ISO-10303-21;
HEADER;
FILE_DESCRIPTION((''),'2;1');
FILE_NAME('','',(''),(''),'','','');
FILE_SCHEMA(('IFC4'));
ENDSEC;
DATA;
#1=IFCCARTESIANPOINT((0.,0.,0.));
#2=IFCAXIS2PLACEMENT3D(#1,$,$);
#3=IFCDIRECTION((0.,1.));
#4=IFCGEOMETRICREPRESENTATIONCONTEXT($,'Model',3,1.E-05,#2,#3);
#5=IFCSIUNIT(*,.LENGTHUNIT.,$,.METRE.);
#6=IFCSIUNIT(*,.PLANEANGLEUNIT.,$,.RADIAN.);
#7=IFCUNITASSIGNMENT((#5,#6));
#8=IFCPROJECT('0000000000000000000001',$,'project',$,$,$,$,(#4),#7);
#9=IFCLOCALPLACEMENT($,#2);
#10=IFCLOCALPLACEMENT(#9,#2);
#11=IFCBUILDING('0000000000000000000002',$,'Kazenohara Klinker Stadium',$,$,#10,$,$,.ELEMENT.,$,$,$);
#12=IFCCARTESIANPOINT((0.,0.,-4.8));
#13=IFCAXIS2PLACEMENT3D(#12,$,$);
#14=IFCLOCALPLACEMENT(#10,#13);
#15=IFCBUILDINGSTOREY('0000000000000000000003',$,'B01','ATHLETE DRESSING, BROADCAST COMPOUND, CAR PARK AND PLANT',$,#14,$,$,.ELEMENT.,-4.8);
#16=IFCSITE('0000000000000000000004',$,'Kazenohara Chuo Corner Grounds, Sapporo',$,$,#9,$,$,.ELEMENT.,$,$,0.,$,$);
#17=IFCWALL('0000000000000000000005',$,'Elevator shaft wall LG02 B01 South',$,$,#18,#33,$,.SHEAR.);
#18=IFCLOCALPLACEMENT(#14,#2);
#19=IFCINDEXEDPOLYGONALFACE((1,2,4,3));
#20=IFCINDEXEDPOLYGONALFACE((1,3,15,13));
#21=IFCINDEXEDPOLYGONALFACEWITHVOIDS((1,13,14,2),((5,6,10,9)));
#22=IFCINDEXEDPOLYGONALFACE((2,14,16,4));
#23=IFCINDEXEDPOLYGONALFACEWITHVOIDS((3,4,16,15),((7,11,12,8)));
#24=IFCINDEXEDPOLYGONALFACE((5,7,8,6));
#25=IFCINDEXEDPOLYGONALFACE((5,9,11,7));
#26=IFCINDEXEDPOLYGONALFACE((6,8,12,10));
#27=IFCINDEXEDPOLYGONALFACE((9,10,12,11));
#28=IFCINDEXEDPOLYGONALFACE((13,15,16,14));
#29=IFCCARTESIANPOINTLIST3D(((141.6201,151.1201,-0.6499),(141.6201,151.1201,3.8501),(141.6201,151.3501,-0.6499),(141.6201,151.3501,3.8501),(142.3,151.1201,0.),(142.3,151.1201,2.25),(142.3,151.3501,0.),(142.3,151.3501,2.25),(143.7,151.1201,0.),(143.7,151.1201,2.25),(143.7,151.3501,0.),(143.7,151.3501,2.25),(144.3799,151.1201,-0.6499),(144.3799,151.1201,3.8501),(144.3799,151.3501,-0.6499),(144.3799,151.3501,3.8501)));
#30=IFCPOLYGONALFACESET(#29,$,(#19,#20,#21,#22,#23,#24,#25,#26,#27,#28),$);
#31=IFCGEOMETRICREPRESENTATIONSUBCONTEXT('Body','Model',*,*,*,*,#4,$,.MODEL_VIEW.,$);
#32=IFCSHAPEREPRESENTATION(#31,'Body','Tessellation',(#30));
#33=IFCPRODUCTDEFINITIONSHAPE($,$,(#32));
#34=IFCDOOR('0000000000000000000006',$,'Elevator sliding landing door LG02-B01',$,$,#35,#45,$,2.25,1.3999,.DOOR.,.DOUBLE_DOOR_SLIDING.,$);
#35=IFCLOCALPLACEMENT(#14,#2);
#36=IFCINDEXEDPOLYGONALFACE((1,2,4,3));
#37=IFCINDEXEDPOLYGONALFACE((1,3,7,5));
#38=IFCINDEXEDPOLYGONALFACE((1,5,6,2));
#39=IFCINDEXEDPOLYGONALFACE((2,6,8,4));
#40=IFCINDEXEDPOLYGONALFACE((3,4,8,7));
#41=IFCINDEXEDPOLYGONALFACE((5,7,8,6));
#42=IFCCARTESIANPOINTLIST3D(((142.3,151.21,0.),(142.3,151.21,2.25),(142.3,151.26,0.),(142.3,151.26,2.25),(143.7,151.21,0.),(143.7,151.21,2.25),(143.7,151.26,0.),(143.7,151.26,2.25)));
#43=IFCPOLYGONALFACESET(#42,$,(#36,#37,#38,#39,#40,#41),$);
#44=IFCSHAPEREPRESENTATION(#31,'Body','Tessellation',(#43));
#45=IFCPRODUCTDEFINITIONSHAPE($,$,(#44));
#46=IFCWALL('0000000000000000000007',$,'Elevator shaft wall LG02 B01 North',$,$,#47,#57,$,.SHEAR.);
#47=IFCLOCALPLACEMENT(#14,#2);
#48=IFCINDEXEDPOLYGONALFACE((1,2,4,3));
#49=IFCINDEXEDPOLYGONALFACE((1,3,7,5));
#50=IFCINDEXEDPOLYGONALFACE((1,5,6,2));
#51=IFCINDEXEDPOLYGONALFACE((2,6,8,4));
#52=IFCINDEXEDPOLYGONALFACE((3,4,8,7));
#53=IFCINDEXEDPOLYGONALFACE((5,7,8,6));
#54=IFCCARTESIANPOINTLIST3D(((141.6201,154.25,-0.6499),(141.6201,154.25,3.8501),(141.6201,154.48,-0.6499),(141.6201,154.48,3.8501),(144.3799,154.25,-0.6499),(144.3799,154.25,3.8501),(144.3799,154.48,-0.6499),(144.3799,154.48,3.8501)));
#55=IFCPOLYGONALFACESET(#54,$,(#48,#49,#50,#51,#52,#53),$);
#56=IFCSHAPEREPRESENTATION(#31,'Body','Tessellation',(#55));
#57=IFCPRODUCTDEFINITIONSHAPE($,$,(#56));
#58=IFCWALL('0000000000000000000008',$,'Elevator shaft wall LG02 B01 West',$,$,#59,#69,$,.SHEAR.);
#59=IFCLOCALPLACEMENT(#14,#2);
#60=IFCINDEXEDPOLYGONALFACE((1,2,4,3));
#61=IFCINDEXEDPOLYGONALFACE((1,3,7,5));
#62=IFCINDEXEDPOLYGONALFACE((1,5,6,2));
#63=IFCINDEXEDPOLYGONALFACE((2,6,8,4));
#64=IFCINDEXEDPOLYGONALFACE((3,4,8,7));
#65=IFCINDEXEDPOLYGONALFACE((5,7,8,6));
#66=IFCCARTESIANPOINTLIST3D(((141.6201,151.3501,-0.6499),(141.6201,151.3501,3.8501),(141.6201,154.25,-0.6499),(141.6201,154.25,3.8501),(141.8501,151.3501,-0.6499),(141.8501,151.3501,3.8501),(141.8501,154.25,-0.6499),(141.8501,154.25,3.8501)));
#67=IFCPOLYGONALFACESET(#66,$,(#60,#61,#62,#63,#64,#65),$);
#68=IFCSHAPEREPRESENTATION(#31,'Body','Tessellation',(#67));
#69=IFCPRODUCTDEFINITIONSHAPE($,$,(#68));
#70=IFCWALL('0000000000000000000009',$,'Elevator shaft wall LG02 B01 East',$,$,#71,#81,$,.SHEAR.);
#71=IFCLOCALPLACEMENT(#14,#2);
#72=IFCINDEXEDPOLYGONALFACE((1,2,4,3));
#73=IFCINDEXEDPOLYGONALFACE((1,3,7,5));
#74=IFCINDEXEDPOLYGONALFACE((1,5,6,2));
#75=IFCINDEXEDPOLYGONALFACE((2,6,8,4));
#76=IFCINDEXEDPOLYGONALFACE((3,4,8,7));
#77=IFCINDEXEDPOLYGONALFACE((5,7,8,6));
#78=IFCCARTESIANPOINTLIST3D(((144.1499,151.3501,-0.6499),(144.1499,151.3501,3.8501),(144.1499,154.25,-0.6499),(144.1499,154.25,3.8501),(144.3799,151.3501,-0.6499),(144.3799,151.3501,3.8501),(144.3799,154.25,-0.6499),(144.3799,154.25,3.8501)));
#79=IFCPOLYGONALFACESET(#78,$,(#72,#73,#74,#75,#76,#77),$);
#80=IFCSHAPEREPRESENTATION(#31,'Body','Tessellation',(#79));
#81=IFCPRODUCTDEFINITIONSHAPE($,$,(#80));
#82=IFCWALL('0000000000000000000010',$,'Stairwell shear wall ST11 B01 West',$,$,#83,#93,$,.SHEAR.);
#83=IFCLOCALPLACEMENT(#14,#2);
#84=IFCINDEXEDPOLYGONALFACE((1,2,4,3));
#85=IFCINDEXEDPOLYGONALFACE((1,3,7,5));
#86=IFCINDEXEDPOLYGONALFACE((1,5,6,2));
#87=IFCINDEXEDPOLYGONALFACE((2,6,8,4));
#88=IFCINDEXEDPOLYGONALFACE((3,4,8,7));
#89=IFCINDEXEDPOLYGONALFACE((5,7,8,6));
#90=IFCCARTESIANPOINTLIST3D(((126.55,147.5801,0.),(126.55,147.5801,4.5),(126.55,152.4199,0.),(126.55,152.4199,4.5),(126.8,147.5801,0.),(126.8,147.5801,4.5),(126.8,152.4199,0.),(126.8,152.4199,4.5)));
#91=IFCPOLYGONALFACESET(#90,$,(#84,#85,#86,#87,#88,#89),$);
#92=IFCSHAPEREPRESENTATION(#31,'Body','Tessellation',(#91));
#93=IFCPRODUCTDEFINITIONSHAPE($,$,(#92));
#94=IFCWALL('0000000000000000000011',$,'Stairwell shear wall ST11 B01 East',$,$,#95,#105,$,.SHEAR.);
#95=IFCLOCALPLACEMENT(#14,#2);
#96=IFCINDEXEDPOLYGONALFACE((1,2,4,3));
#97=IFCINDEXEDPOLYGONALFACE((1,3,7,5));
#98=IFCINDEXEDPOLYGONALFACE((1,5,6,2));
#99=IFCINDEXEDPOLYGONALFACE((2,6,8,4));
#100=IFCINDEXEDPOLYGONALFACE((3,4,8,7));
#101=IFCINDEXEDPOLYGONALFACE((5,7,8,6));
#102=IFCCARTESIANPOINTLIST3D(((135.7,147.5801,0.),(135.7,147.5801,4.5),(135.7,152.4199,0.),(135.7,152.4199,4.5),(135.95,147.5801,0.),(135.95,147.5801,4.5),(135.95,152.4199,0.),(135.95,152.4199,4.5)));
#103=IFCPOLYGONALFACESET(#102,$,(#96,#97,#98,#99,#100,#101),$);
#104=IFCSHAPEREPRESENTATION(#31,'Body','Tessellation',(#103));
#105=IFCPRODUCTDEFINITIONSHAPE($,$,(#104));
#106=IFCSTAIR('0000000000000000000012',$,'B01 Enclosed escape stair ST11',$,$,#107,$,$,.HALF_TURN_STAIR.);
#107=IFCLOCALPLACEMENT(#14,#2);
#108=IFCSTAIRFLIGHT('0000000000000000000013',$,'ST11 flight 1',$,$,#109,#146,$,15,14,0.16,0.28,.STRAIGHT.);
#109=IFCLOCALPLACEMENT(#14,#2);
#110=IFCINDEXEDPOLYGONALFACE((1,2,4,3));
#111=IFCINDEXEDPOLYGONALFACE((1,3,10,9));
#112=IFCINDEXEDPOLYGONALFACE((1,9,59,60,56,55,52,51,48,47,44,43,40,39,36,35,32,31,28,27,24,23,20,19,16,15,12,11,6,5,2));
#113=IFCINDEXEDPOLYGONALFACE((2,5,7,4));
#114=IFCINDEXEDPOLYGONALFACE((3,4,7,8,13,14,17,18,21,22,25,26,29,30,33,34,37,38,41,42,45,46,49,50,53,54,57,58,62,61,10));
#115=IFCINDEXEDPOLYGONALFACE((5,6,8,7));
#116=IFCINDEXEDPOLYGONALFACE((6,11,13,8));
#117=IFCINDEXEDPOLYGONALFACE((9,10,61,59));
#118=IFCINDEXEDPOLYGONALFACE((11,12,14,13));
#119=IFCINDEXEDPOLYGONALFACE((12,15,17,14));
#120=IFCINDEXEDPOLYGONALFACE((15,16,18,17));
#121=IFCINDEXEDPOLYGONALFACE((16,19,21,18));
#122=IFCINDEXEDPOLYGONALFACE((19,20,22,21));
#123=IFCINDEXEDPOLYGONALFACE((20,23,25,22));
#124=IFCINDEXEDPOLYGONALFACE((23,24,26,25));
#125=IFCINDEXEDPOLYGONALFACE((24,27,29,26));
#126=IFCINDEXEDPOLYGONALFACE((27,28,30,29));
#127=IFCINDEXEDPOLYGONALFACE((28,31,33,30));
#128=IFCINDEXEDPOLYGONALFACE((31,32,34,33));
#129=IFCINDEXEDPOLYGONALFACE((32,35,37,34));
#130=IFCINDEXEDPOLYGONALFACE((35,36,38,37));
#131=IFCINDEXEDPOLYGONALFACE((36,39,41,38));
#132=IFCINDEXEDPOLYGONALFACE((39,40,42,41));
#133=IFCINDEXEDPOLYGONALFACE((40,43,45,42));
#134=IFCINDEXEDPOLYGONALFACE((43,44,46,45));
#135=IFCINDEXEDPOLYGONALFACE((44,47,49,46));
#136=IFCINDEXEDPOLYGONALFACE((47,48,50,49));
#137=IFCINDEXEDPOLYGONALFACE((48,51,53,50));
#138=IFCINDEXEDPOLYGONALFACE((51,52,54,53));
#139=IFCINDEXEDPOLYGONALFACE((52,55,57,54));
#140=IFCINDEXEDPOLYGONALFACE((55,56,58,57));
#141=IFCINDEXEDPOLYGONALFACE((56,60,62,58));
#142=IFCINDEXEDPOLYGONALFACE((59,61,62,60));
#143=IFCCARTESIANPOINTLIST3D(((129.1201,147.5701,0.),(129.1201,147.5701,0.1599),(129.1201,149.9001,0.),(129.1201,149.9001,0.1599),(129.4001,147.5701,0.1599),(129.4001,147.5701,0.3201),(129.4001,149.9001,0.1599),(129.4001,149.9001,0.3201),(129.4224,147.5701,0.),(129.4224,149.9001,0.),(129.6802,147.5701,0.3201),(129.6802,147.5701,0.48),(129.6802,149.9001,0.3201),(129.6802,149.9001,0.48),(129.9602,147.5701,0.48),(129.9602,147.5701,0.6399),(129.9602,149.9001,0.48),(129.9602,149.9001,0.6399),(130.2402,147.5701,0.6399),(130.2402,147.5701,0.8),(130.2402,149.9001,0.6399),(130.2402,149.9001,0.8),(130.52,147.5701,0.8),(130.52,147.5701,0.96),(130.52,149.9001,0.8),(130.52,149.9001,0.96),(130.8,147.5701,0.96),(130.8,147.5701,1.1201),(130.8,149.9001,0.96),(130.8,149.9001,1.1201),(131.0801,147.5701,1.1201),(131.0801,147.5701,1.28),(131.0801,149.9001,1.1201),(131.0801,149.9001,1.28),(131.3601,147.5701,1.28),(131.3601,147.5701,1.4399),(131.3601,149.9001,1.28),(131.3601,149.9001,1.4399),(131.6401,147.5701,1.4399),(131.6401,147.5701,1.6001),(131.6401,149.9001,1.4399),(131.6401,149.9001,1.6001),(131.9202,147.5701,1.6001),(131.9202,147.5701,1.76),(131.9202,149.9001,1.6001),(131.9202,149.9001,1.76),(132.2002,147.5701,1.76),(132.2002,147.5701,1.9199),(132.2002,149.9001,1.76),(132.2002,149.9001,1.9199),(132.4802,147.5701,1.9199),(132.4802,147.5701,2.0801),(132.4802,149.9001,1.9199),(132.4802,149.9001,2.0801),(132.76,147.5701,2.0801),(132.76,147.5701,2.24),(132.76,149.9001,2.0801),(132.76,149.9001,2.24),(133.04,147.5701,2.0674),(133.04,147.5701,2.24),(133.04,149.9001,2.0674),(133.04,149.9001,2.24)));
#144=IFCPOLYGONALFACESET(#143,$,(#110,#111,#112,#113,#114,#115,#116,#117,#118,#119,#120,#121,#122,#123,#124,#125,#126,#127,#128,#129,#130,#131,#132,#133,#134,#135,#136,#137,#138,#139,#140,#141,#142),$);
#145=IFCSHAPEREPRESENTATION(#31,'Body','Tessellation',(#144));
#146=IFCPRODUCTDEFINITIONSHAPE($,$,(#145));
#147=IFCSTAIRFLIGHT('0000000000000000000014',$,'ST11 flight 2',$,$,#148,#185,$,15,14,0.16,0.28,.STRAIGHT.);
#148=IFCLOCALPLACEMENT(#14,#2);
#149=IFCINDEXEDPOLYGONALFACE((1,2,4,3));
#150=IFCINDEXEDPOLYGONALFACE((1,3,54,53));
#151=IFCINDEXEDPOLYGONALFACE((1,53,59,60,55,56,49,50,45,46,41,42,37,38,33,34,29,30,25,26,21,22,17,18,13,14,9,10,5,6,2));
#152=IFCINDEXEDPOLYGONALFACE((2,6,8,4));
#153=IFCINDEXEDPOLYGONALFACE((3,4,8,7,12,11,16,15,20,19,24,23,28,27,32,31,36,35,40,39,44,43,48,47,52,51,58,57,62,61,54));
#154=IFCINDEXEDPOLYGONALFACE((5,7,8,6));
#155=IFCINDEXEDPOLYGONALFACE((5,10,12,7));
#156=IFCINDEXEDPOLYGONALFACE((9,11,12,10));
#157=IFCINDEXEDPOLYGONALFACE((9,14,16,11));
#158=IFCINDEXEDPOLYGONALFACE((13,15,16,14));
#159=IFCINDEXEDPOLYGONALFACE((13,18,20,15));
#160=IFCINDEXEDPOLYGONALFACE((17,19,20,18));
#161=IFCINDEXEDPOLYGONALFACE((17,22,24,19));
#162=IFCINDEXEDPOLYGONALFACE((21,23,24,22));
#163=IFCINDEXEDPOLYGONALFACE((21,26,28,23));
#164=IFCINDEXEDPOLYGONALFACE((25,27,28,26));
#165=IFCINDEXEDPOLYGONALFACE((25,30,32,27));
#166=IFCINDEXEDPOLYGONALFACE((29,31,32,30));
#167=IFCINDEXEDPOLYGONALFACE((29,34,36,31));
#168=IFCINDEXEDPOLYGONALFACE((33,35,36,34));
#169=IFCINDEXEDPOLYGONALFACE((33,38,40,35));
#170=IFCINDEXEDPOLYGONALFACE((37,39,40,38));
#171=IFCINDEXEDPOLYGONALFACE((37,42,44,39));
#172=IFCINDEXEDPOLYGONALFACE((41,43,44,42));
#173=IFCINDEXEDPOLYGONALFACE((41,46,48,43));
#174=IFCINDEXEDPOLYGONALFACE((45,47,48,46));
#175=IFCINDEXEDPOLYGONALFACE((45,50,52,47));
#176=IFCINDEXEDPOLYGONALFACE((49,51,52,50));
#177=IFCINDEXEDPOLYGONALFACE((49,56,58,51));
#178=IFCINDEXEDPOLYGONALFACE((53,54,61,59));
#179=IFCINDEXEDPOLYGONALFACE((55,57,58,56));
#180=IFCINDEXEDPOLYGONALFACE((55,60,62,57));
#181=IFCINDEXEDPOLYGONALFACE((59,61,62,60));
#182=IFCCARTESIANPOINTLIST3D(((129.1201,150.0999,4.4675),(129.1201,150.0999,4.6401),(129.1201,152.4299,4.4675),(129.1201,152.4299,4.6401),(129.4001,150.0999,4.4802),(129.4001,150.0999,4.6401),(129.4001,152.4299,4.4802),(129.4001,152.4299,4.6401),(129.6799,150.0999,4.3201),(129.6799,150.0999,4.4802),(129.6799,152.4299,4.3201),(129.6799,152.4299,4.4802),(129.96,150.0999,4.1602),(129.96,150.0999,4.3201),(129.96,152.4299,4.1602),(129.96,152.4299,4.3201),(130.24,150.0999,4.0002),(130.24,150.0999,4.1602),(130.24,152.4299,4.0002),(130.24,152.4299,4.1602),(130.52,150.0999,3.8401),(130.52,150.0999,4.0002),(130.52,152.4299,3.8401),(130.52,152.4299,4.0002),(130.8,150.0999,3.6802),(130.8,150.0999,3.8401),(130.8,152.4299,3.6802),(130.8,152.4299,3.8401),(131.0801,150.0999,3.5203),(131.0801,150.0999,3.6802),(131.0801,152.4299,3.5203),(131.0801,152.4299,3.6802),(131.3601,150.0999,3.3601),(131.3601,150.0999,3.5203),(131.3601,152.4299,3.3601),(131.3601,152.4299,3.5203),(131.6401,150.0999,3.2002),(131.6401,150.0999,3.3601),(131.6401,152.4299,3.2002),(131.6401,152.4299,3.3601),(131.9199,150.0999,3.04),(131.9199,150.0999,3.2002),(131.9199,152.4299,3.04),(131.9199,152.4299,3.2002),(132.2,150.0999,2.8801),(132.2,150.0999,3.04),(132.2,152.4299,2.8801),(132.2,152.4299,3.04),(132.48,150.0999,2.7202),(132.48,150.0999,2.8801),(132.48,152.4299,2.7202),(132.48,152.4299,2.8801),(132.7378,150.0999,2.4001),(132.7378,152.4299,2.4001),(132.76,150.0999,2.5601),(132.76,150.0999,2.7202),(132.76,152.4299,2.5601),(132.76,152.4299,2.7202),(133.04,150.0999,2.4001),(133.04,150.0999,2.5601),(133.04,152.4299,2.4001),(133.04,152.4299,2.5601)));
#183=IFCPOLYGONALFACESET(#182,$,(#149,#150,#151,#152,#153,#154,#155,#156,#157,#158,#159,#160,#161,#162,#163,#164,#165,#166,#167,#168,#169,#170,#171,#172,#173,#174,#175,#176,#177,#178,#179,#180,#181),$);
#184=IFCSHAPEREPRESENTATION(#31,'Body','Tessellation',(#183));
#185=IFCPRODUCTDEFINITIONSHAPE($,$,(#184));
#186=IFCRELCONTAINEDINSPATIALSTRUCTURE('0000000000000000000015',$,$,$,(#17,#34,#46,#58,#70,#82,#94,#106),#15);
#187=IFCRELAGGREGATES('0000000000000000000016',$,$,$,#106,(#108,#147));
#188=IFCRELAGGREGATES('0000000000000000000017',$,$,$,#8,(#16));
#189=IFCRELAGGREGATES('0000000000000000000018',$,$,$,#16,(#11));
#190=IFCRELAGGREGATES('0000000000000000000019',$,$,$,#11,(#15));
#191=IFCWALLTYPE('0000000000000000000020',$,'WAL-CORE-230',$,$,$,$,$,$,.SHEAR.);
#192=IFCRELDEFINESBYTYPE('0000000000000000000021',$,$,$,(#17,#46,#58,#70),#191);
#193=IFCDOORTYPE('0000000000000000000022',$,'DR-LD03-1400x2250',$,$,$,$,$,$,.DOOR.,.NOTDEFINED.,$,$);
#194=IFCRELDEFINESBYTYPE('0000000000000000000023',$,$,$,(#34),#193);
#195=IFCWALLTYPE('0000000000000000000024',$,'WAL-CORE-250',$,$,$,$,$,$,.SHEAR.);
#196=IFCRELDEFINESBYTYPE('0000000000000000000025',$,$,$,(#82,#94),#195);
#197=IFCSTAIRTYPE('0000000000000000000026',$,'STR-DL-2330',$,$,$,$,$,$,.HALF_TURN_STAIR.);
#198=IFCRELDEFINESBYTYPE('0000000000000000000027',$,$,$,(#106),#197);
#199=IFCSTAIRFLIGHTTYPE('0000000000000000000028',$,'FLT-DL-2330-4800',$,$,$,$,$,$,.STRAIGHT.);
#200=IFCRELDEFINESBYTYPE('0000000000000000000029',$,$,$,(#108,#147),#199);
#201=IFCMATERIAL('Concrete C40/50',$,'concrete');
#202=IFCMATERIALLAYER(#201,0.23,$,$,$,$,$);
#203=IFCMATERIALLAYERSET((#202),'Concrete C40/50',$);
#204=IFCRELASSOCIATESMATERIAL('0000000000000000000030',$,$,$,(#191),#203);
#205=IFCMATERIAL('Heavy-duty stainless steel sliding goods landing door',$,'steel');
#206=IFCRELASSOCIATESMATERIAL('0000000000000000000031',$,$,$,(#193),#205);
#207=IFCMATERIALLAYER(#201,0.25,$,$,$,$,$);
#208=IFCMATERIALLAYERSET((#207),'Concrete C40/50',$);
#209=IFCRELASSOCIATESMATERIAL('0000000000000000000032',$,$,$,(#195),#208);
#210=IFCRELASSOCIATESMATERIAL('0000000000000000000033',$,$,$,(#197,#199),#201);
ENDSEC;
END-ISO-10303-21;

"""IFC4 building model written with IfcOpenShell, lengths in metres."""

from ifc_helpers import new_model, si_unit, direction, frame, frame_2d, origin, place, context, subcontext, project, spatial, polyline, rectangle, outline, extrude, material, layer, layer_set, type_object, element, fill, aggregate, save


model = new_model("IFC4")

# Units and contexts
model_context = context("Model", 3, precision=1e-05, world=origin(), true_north=direction((0.0, 1.0)))
body_context = subcontext(model_context, "Body", "Model", "MODEL_VIEW")
ifc_project = project(units=[si_unit("LENGTHUNIT", "METRE"), si_unit("PLANEANGLEUNIT", "RADIAN")], contexts=[model_context])

# Site, building, storey
site_placement = place(None, origin())
site = spatial("IfcSite", under=ifc_project, at=site_placement, Name="Kazenohara Chuo Corner Grounds, Sapporo", CompositionType="ELEMENT", RefElevation=0.0)
building_placement = place(site_placement, origin())
building = spatial("IfcBuilding", under=site, at=building_placement, Name="Kazenohara Klinker Stadium", CompositionType="ELEMENT")
storey_placement = place(building_placement, frame((0.0, 0.0, -4.8)))
storey = spatial("IfcBuildingStorey", under=building, at=storey_placement, Name="B01", Description="ATHLETE DRESSING, BROADCAST COMPOUND, CAR PARK AND PLANT", CompositionType="ELEMENT", Elevation=-4.8)

# Shared definitions
ifc_material_1 = material(Name="Concrete C40/50", Category="concrete")

# Wall, opening, door
ifc_layer_1 = layer(ifc_material_1, 0.23)
ifc_layer_set_1 = layer_set([ifc_layer_1], Name="Concrete C40/50")
wall_type_1 = type_object("IfcWallType", Name="WAL-CORE-230", PredefinedType="SHEAR", material=ifc_layer_set_1)
wall_1_placement = place(storey_placement, frame((141.6201, 151.2351, -0.6499), z_axis=(0.0, 0.0, 1.0), x_axis=(1.0, 0.0, 0.0)))
wall_1 = element("IfcWall", 1, at=wall_1_placement, inside=storey, type_object=wall_type_1, Name="Elevator shaft wall LG02 B01 South", PredefinedType="SHEAR", context=body_context, shape_type="SweptSolid", body=[
    extrude(rectangle(XDim=2.7598, YDim=0.23, at=frame_2d((1.3799, 0.0))), origin(), (0.0, 0.0, 1.0), 4.5),
])
opening_placement = place(wall_1_placement, frame((0.6799, 0.0, 0.6499)))
opening = element("IfcOpeningElement", 2, at=opening_placement, cuts=wall_1, PredefinedType="OPENING", context=body_context, shape_type="SweptSolid", body=[
    extrude(rectangle(XDim=1.3999, YDim=2.25, at=frame_2d((0.7, 1.125))), frame((0.0, 0.125, 0.0), z_axis=(0.0, -1.0, 0.0), x_axis=(1.0, 0.0, 0.0)), (0.0, 0.0, 1.0), 0.25),
])
ifc_material_2 = material(Name="Heavy-duty stainless steel sliding goods landing door", Category="steel")
door_type = type_object("IfcDoorType", Name="DR-LD03-1400x2250", OperationType="NOTDEFINED", PredefinedType="DOOR", material=ifc_material_2)
door_placement = place(opening_placement, origin())
door = element("IfcDoor", 3, at=door_placement, inside=storey, type_object=door_type, Name="Elevator sliding landing door LG02-B01", OperationType="DOUBLE_DOOR_SLIDING", OverallHeight=2.25, OverallWidth=1.3999, PredefinedType="DOOR", context=body_context, shape_type="SweptSolid", body=[
    extrude(rectangle(XDim=1.3999, YDim=2.25, at=frame_2d((0.7, 1.125))), frame((0.0, 0.0249, 0.0), z_axis=(0.0, -1.0, 0.0), x_axis=(1.0, 0.0, 0.0)), (0.0, 0.0, 1.0), 0.05),
])
fill(opening, door)

# Walls
wall_2_placement = place(storey_placement, frame((141.6201, 154.365, -0.6499), z_axis=(0.0, 0.0, 1.0), x_axis=(1.0, 0.0, 0.0)))
element("IfcWall", 4, at=wall_2_placement, inside=storey, type_object=wall_type_1, Name="Elevator shaft wall LG02 B01 North", PredefinedType="SHEAR", context=body_context, shape_type="SweptSolid", body=[
    extrude(rectangle(XDim=2.7598, YDim=0.23, at=frame_2d((1.3799, 0.0))), origin(), (0.0, 0.0, 1.0), 4.5),
])
for number, where, z_axis, x_axis, name in (
    (5, (141.7351, 151.3501, -0.6499), (0.0, 0.0, 1.0), (0.0, 1.0, 0.0), "Elevator shaft wall LG02 B01 West"),
    (6, (144.2649, 151.3501, -0.6499), (0.0, 0.0, 1.0), (0.0, 1.0, 0.0), "Elevator shaft wall LG02 B01 East"),
):
    element("IfcWall", number, at=place(storey_placement, frame(where, z_axis=z_axis, x_axis=x_axis)), inside=storey, type_object=wall_type_1, Name=name, PredefinedType="SHEAR", context=body_context, shape_type="SweptSolid", body=[
        extrude(rectangle(XDim=2.8999, YDim=0.23, at=frame_2d((1.45, 0.0))), origin(), (0.0, 0.0, 1.0), 4.5),
    ])
ifc_layer_2 = layer(ifc_material_1, 0.25)
ifc_layer_set_2 = layer_set([ifc_layer_2], Name="Concrete C40/50")
wall_type_2 = type_object("IfcWallType", Name="WAL-CORE-250", PredefinedType="SHEAR", material=ifc_layer_set_2)
for number, where, z_axis, x_axis, name in (
    (7, (126.675, 147.5801, 0.0), (0.0, 0.0, 1.0), (0.0, 1.0, 0.0), "Stairwell shear wall ST11 B01 West"),
    (8, (135.825, 147.5801, 0.0), (0.0, 0.0, 1.0), (0.0, 1.0, 0.0), "Stairwell shear wall ST11 B01 East"),
):
    element("IfcWall", number, at=place(storey_placement, frame(where, z_axis=z_axis, x_axis=x_axis)), inside=storey, type_object=wall_type_2, Name=name, PredefinedType="SHEAR", context=body_context, shape_type="SweptSolid", body=[
        extrude(rectangle(XDim=4.8398, YDim=0.25, at=frame_2d((2.4199, 0.0))), origin(), (0.0, 0.0, 1.0), 4.5),
    ])

# Stair, stair flights
stair_type = type_object("IfcStairType", Name="STR-DL-2330", PredefinedType="HALF_TURN_STAIR", material=ifc_material_1)
stair_placement = place(storey_placement, origin())
stair = element("IfcStair", 9, at=stair_placement, inside=storey, type_object=stair_type, Name="B01 Enclosed escape stair ST11", PredefinedType="HALF_TURN_STAIR")
stair_flight_type = type_object("IfcStairFlightType", Name="FLT-DL-2330-4800", PredefinedType="STRAIGHT", material=ifc_material_1)
stair_flight_1_placement = place(storey_placement, frame((129.1201, 148.7351, 0.0), z_axis=(0.0, 0.0, 1.0), x_axis=(1.0, 0.0, 0.0)))
stair_flight_1 = element("IfcStairFlight", 10, at=stair_flight_1_placement, type_object=stair_flight_type, Name="ST11 flight 1", NumberOfRisers=15, NumberOfTreads=14, PredefinedType="STRAIGHT", RiserHeight=0.16, TreadLength=0.28, context=body_context, shape_type="SweptSolid", body=[
    extrude(outline(polyline([(0.0, 0.0), (0.0, 0.1599), (0.28, 0.1599), (0.28, 0.3201), (0.5601, 0.3201), (0.5601, 0.48), (0.8401, 0.48), (0.8401, 0.6399), (1.1201, 0.6399), (1.1201, 0.8), (1.3999, 0.8), (1.3999, 0.96), (1.6799, 0.96), (1.6799, 1.1201), (1.96, 1.1201), (1.96, 1.28), (2.24, 1.28), (2.24, 1.4399), (2.52, 1.4399), (2.52, 1.6001), (2.8, 1.6001), (2.8, 1.76), (3.0801, 1.76), (3.0801, 1.9199), (3.3601, 1.9199), (3.3601, 2.0801), (3.6399, 2.0801), (3.6399, 2.24), (3.9199, 2.24), (3.9199, 2.3999), (3.9199, 2.0674), (0.3022, 0.0), (0.0, 0.0)])), frame((0.0, 1.165, 0.0), z_axis=(0.0, -1.0, 0.0), x_axis=(1.0, 0.0, 0.0)), (0.0, 0.0, 1.0), 2.3301),
])
stair_flight_2_placement = place(storey_placement, frame((133.04, 151.2649, 2.4001), z_axis=(0.0, 0.0, 1.0), x_axis=(-1.0, 0.0, 0.0)))
stair_flight_2 = element("IfcStairFlight", 11, at=stair_flight_2_placement, type_object=stair_flight_type, Name="ST11 flight 2", NumberOfRisers=15, NumberOfTreads=14, PredefinedType="STRAIGHT", RiserHeight=0.16, TreadLength=0.28, context=body_context, shape_type="SweptSolid", body=[
    extrude(outline(polyline([(0.0, 0.0), (0.0, 0.1599), (0.28, 0.1599), (0.28, 0.3201), (0.5601, 0.3201), (0.5601, 0.48), (0.8401, 0.48), (0.8401, 0.6399), (1.1201, 0.6399), (1.1201, 0.8), (1.3999, 0.8), (1.3999, 0.96), (1.6799, 0.96), (1.6799, 1.1201), (1.96, 1.1201), (1.96, 1.28), (2.24, 1.28), (2.24, 1.4399), (2.52, 1.4399), (2.52, 1.6001), (2.8, 1.6001), (2.8, 1.76), (3.0801, 1.76), (3.0801, 1.9199), (3.3601, 1.9199), (3.3601, 2.0801), (3.6399, 2.0801), (3.6399, 2.24), (3.9199, 2.24), (3.9199, 2.3999), (3.9199, 2.0674), (0.3022, 0.0), (0.0, 0.0)])), frame((0.0, 1.165, 0.0), z_axis=(0.0, -1.0, 0.0), x_axis=(1.0, 0.0, 0.0)), (0.0, 0.0, 1.0), 2.3301),
])
aggregate(stair, [stair_flight_1, stair_flight_2])

save(model, "model.ifc")
